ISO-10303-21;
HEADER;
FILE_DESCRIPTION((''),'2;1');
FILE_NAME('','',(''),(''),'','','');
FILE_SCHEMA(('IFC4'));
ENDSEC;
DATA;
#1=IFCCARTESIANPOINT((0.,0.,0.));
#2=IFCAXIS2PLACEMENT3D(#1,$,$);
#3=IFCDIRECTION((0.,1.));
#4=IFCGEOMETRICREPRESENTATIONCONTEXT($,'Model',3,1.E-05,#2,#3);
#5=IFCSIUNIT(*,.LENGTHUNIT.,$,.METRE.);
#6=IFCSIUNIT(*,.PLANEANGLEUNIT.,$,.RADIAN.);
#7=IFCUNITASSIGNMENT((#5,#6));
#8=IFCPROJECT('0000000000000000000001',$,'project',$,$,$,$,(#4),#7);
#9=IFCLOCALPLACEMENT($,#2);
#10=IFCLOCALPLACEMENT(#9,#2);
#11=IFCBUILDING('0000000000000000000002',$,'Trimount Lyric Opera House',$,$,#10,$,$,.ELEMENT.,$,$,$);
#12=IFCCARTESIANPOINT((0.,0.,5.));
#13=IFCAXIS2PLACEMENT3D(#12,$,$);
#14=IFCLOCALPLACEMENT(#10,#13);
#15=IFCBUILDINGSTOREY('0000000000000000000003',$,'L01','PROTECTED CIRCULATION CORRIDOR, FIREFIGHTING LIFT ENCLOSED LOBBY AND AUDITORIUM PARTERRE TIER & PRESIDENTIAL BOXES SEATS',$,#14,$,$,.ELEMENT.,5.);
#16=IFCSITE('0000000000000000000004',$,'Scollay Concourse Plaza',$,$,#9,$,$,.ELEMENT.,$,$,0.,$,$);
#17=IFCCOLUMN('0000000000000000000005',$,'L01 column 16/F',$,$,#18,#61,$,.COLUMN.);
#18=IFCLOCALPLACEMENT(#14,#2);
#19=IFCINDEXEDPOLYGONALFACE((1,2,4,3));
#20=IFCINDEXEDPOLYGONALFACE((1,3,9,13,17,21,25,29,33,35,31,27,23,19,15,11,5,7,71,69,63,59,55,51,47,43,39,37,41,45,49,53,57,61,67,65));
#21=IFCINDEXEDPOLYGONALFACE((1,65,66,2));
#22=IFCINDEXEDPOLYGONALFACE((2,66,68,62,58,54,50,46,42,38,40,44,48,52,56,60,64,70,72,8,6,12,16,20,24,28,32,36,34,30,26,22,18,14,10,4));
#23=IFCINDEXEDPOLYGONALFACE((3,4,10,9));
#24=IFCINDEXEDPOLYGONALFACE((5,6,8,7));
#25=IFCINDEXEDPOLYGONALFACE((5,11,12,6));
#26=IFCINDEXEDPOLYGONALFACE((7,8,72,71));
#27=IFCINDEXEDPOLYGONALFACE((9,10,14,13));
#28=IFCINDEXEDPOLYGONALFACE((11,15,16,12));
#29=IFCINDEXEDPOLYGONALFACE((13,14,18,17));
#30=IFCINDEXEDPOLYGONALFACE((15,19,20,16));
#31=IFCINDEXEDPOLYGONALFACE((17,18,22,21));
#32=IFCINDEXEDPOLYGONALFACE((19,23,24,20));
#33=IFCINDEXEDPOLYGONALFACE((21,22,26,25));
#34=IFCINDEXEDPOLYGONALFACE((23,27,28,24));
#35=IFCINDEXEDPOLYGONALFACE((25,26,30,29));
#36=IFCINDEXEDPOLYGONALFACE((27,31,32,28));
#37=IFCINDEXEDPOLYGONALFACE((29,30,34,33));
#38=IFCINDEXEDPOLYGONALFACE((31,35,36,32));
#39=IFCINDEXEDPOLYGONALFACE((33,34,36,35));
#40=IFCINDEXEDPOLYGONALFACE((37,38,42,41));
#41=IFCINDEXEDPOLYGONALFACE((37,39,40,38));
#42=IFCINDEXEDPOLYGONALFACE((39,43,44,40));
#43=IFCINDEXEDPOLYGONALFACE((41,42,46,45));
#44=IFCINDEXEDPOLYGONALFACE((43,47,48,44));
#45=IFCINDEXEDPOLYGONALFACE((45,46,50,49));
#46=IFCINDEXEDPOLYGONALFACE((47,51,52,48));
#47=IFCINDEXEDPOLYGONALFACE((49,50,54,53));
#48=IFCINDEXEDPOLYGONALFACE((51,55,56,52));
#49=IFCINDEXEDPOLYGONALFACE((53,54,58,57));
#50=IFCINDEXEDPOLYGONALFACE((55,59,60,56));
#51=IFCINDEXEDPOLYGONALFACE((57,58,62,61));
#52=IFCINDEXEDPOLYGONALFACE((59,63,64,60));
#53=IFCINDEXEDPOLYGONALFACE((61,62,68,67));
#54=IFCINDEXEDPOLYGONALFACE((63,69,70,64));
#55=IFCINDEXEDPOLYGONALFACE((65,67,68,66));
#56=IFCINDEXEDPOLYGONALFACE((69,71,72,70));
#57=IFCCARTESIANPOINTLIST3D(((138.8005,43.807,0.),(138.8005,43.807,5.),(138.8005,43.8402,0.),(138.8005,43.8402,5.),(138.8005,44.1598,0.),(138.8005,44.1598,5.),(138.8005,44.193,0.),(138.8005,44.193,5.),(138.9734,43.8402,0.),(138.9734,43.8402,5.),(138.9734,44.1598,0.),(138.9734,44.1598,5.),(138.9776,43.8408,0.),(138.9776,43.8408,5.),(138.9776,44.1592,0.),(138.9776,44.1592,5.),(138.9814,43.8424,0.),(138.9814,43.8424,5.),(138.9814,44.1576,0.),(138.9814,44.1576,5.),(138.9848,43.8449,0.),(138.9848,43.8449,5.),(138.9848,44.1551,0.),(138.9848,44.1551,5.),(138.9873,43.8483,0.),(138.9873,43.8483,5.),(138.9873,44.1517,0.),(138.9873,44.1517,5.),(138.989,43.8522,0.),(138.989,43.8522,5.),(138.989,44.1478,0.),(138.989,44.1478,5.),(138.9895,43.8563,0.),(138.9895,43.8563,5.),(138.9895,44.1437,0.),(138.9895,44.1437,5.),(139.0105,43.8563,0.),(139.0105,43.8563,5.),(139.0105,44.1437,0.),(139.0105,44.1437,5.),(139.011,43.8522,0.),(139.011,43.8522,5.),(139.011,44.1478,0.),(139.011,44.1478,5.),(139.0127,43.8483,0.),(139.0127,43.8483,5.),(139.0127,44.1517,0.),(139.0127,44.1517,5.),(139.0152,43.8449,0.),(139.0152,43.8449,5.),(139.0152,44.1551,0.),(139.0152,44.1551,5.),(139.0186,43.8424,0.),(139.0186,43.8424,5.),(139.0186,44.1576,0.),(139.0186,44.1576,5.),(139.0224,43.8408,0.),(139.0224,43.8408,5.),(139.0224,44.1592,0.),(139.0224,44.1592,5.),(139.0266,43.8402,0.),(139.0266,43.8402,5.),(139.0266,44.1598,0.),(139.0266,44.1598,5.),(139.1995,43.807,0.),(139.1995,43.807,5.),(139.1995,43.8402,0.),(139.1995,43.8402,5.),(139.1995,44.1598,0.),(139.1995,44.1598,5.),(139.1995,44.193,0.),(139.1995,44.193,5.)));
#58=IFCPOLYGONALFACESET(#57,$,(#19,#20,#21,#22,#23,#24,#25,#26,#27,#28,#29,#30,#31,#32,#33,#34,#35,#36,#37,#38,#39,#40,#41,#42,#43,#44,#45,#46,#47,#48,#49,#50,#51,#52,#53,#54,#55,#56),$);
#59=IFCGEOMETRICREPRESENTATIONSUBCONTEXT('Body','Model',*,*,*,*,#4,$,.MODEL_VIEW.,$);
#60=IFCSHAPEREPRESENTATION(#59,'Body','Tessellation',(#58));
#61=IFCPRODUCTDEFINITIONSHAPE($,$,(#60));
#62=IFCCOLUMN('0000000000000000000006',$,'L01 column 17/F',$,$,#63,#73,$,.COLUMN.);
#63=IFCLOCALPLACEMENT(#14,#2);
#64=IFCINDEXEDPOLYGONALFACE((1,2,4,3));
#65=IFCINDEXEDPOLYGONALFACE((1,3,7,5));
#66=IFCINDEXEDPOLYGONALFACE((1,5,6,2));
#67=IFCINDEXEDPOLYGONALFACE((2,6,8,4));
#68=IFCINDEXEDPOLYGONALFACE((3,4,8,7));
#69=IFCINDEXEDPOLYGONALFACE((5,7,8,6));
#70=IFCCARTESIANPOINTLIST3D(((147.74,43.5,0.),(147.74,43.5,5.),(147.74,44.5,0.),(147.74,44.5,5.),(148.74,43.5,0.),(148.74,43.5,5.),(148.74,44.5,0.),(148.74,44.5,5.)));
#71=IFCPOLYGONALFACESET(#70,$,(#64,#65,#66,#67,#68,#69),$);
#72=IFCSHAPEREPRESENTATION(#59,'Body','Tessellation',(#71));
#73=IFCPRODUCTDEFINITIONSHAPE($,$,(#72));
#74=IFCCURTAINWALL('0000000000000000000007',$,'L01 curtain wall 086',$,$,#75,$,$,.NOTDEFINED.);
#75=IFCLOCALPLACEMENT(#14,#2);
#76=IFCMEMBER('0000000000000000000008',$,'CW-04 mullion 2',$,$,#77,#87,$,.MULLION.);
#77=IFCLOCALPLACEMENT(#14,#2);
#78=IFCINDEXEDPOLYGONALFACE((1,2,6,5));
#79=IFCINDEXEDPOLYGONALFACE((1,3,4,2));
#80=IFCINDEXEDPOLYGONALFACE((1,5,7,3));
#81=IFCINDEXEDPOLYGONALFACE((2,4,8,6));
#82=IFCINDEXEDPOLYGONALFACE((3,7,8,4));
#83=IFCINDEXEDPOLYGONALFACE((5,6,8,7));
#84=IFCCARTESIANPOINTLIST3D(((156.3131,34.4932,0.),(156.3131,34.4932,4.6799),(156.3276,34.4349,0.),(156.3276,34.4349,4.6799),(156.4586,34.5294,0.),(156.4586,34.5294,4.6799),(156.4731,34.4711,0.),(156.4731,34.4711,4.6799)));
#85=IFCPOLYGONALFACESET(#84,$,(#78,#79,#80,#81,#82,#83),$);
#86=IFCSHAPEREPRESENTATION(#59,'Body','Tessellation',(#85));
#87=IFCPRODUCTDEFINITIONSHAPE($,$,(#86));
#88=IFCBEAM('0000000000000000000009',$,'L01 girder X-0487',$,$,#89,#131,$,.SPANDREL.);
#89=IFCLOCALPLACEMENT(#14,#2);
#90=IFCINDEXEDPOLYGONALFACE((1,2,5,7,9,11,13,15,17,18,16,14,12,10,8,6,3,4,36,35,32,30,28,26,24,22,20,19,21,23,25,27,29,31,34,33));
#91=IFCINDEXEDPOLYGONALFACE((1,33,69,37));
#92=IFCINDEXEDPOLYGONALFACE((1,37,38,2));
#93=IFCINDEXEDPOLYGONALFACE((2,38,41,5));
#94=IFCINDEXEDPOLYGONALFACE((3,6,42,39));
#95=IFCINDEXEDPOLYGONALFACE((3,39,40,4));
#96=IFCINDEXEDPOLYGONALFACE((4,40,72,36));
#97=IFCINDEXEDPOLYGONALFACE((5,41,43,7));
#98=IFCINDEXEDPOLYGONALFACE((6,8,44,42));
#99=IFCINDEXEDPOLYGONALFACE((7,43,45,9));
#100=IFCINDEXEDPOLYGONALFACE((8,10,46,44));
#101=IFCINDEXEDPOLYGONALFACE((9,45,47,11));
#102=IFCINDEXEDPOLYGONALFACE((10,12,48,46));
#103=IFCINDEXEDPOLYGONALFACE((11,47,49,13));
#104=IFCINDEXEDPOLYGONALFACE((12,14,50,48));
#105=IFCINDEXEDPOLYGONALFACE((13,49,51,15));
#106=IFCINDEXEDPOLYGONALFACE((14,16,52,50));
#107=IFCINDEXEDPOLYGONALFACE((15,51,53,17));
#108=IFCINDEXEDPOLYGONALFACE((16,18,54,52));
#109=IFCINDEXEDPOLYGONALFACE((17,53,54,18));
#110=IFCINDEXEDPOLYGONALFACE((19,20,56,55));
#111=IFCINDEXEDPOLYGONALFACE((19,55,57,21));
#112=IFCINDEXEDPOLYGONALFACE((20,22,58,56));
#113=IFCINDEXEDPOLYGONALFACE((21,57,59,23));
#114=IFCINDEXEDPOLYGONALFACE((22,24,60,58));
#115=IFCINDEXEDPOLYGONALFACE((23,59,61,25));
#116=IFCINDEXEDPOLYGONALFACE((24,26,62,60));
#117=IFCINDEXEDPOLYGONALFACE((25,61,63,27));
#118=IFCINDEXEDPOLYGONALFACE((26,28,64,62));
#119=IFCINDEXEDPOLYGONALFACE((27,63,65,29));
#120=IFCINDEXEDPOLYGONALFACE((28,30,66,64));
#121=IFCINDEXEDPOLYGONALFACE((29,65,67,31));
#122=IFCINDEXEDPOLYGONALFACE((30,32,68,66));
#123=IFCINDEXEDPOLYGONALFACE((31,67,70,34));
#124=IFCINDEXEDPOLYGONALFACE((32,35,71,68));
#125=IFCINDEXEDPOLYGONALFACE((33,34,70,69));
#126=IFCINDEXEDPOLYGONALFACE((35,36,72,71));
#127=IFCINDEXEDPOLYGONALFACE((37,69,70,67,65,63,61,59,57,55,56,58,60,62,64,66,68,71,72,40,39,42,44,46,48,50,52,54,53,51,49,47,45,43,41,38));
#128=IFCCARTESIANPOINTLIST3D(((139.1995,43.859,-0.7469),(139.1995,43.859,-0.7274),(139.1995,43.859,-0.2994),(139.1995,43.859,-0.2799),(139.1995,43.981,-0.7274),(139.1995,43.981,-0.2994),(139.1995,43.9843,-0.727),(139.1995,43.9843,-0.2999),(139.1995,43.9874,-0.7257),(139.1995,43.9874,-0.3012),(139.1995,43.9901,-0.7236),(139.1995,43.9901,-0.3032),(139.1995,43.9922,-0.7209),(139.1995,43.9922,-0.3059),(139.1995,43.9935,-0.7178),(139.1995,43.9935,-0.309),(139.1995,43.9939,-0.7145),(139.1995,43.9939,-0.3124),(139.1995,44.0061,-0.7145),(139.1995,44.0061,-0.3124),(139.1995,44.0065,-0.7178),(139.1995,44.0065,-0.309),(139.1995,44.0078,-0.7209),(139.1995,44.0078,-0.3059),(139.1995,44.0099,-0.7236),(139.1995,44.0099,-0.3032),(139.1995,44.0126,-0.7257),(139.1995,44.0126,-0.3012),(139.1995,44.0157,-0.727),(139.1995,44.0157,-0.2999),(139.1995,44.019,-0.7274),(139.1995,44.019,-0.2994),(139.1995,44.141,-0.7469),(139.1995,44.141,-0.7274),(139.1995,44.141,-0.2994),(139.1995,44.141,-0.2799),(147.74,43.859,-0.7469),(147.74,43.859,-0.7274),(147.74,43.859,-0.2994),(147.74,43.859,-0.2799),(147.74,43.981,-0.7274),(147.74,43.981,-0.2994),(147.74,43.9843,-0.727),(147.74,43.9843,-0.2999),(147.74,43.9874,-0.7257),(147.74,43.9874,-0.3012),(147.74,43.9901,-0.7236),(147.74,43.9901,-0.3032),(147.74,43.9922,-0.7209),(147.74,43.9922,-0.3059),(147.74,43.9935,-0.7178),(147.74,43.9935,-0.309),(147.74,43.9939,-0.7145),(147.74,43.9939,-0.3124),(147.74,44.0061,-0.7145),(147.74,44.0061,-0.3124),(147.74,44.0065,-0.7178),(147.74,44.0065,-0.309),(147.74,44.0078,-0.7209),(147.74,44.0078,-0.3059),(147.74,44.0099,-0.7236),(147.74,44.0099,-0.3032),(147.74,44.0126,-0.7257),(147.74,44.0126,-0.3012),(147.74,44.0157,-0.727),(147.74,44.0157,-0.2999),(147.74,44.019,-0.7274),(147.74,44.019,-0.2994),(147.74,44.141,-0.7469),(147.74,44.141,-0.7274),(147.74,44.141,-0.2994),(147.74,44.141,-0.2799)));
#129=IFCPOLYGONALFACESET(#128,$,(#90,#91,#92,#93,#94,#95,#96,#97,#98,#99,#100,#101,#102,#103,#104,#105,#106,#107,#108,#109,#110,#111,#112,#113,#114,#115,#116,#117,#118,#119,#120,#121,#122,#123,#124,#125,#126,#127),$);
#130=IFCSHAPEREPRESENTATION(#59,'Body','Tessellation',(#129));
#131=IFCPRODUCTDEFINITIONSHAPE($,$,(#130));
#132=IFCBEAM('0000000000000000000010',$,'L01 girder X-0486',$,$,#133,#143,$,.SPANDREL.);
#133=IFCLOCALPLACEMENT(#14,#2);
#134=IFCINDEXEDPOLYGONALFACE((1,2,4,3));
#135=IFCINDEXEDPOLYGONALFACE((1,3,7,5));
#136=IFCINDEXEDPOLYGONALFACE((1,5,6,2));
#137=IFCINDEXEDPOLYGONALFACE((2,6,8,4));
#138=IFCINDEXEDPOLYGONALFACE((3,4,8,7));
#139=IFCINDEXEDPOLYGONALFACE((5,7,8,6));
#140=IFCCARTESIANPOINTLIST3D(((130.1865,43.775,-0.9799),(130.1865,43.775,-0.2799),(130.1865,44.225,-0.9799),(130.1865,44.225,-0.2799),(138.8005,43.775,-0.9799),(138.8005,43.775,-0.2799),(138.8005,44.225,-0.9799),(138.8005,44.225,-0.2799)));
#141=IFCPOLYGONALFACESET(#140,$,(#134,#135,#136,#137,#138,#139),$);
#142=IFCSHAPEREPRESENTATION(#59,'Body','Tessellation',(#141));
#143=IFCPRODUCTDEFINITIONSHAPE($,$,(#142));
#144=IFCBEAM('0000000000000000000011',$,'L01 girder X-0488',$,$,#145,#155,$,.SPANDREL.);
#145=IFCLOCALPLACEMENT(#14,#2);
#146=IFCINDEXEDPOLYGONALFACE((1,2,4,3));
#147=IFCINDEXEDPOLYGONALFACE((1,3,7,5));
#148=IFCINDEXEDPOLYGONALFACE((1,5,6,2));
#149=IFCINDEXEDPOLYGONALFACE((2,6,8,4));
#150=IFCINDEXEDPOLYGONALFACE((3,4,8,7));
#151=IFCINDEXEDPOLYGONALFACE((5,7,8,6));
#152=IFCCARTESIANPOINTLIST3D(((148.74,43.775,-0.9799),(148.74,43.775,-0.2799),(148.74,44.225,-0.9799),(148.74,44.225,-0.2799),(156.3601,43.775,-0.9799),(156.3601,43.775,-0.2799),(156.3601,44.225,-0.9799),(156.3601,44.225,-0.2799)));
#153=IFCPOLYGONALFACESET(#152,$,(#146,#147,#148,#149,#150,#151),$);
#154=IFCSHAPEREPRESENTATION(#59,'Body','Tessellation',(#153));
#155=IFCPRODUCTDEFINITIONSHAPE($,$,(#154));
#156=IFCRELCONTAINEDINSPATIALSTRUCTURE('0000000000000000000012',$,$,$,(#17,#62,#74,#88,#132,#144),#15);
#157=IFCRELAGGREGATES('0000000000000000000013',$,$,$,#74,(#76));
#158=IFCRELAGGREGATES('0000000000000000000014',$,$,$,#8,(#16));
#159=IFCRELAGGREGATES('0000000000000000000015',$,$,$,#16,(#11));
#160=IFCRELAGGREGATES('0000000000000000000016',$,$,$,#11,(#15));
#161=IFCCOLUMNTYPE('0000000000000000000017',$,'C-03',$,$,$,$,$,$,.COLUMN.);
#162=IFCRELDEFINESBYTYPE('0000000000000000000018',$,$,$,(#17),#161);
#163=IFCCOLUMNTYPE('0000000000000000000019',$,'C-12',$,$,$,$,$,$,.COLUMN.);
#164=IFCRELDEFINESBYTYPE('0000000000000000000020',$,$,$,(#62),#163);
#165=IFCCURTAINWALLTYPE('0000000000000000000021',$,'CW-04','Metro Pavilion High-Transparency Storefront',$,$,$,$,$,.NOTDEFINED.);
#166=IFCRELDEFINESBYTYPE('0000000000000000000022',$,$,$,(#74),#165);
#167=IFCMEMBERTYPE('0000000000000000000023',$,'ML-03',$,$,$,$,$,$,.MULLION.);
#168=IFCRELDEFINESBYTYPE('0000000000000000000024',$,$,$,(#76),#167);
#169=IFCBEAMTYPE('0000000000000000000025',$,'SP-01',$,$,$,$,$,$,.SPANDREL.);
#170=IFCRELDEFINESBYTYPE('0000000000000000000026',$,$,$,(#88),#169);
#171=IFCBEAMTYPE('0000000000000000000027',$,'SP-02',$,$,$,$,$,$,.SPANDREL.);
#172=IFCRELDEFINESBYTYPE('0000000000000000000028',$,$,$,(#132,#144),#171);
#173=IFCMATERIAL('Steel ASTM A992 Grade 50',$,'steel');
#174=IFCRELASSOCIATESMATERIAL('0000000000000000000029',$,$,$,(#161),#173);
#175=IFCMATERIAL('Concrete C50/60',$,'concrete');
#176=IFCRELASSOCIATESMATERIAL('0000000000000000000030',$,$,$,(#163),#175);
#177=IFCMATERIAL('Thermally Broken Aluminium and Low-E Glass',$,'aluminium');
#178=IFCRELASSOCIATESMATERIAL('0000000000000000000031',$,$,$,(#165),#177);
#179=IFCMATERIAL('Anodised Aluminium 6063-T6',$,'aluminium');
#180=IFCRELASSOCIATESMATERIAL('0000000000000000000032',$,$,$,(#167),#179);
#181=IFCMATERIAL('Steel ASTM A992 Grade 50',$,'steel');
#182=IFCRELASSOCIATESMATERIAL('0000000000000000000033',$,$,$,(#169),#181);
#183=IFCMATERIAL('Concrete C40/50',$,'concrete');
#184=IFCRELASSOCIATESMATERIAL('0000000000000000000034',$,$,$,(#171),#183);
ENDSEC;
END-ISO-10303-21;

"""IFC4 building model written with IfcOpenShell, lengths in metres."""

from ifc_helpers import new_model, si_unit, direction, frame, origin, origin_2d, place, context, subcontext, project, spatial, rectangle, i_section, extrude, material, material_profile, profile_set, type_object, element, aggregate, save


model = new_model("IFC4")

# Units and contexts
model_context = context("Model", 3, precision=1e-05, world=origin(), true_north=direction((0.0, 1.0)))
body_context = subcontext(model_context, "Body", "Model", "MODEL_VIEW")
ifc_project = project(units=[si_unit("LENGTHUNIT", "METRE"), si_unit("PLANEANGLEUNIT", "RADIAN")], contexts=[model_context])

# Site, building, storey
site_placement = place(None, origin())
site = spatial("IfcSite", under=ifc_project, at=site_placement, Name="Scollay Concourse Plaza", CompositionType="ELEMENT", RefElevation=0.0)
building_placement = place(site_placement, origin())
building = spatial("IfcBuilding", under=site, at=building_placement, Name="Trimount Lyric Opera House", CompositionType="ELEMENT")
storey_placement = place(building_placement, frame((0.0, 0.0, 5.0)))
storey = spatial("IfcBuildingStorey", under=building, at=storey_placement, Name="L01", Description="PROTECTED CIRCULATION CORRIDOR, FIREFIGHTING LIFT ENCLOSED LOBBY AND AUDITORIUM PARTERRE TIER & PRESIDENTIAL BOXES SEATS", CompositionType="ELEMENT", Elevation=5.0)

# Columns
ifc_material_1 = material(Name="Steel ASTM A992 Grade 50", Category="steel")
ifc_material_profile_1 = material_profile(ifc_material_1, i_section(OverallWidth=0.3989, OverallDepth=0.386, WebThickness=0.021, FlangeThickness=0.0332, FilletRadius=0.0161, at=origin_2d()), Name="W14X176")
ifc_profile_set_1 = profile_set([ifc_material_profile_1], Name="Steel ASTM A992 Grade 50")
column_type_1 = type_object("IfcColumnType", Name="C-03", PredefinedType="COLUMN", material=ifc_profile_set_1)
column_1_placement = place(storey_placement, frame((139.0, 44.0, 0.0), z_axis=(0.0, 0.0, 1.0), x_axis=(1.0, 0.0, 0.0)))
element("IfcColumn", 1, at=column_1_placement, inside=storey, type_object=column_type_1, Name="L01 column 16/F", PredefinedType="COLUMN", context=body_context, shape_type="SweptSolid", body=[
    extrude(i_section(OverallWidth=0.3989, OverallDepth=0.386, WebThickness=0.021, FlangeThickness=0.0332, FilletRadius=0.0161, at=origin_2d()), origin(), (0.0, 0.0, 1.0), 5.0),
])
ifc_material_2 = material(Name="Concrete C50/60", Category="concrete")
ifc_material_profile_2 = material_profile(ifc_material_2, rectangle(XDim=1.0, YDim=1.0, at=origin_2d()), Name="RC1000X1000")
ifc_profile_set_2 = profile_set([ifc_material_profile_2], Name="Concrete C50/60")
column_type_2 = type_object("IfcColumnType", Name="C-12", PredefinedType="COLUMN", material=ifc_profile_set_2)
column_2_placement = place(storey_placement, frame((148.24, 44.0, 0.0), z_axis=(0.0, 0.0, 1.0), x_axis=(1.0, 0.0, 0.0)))
element("IfcColumn", 2, at=column_2_placement, inside=storey, type_object=column_type_2, Name="L01 column 17/F", PredefinedType="COLUMN", context=body_context, shape_type="SweptSolid", body=[
    extrude(rectangle(XDim=1.0, YDim=1.0, at=origin_2d()), origin(), (0.0, 0.0, 1.0), 5.0),
])

# Curtain wall, member
ifc_material_3 = material(Name="Thermally Broken Aluminium and Low-E Glass", Category="aluminium")
curtain_wall_type = type_object("IfcCurtainWallType", Name="CW-04", Description="Metro Pavilion High-Transparency Storefront", PredefinedType="NOTDEFINED", material=ifc_material_3)
curtain_wall_placement = place(storey_placement, origin())
curtain_wall = element("IfcCurtainWall", 3, at=curtain_wall_placement, inside=storey, type_object=curtain_wall_type, Name="L01 curtain wall 086", PredefinedType="NOTDEFINED")
ifc_material_4 = material(Name="Anodised Aluminium 6063-T6", Category="aluminium")
ifc_material_profile_3 = material_profile(ifc_material_4, rectangle(XDim=0.0601, YDim=0.1499, at=origin_2d()), Name="ALU-MULL-60X150")
ifc_profile_set_3 = profile_set([ifc_material_profile_3], Name="Anodised Aluminium 6063-T6")
member_type = type_object("IfcMemberType", Name="ML-03", PredefinedType="MULLION", material=ifc_profile_set_3)
member_placement = place(storey_placement, frame((156.3931, 34.4822, 0.0), z_axis=(0.0, 0.0, 1.0), x_axis=(0.241429, -0.970419, 0.0)))
member = element("IfcMember", 4, at=member_placement, type_object=member_type, Name="CW-04 mullion 2", PredefinedType="MULLION", context=body_context, shape_type="SweptSolid", body=[
    extrude(rectangle(XDim=0.0601, YDim=0.1499, at=origin_2d()), origin(), (0.0, 0.0, 1.0), 4.6799),
])
aggregate(curtain_wall, [member])

# Beams
ifc_material_5 = material(Name="Steel ASTM A992 Grade 50", Category="steel")
ifc_material_profile_4 = material_profile(ifc_material_5, i_section(OverallWidth=0.282, OverallDepth=0.467, WebThickness=0.0122, FlangeThickness=0.0195, FilletRadius=0.0129, at=origin_2d()), Name="W18X86")
ifc_profile_set_4 = profile_set([ifc_material_profile_4], Name="Steel ASTM A992 Grade 50")
beam_type_1 = type_object("IfcBeamType", Name="SP-01", PredefinedType="SPANDREL", material=ifc_profile_set_4)
beam_1_placement = place(storey_placement, frame((139.1995, 44.0, -0.5134), z_axis=(1.0, 0.0, 0.0), x_axis=(0.0, 1.0, 0.0)))
element("IfcBeam", 5, at=beam_1_placement, inside=storey, type_object=beam_type_1, Name="L01 girder X-0487", PredefinedType="SPANDREL", context=body_context, shape_type="SweptSolid", body=[
    extrude(i_section(OverallWidth=0.282, OverallDepth=0.467, WebThickness=0.0122, FlangeThickness=0.0195, FilletRadius=0.0129, at=origin_2d()), origin(), (0.0, 0.0, 1.0), 8.5405),
])
ifc_material_6 = material(Name="Concrete C40/50", Category="concrete")
ifc_material_profile_5 = material_profile(ifc_material_6, rectangle(XDim=0.45, YDim=0.7, at=origin_2d()), Name="RC450X700")
ifc_profile_set_5 = profile_set([ifc_material_profile_5], Name="Concrete C40/50")
beam_type_2 = type_object("IfcBeamType", Name="SP-02", PredefinedType="SPANDREL", material=ifc_profile_set_5)
beam_2_placement = place(storey_placement, frame((130.1865, 44.0, -0.6299), z_axis=(1.0, 0.0, 0.0), x_axis=(0.0, 1.0, 0.0)))
element("IfcBeam", 6, at=beam_2_placement, inside=storey, type_object=beam_type_2, Name="L01 girder X-0486", PredefinedType="SPANDREL", context=body_context, shape_type="SweptSolid", body=[
    extrude(rectangle(XDim=0.45, YDim=0.7, at=origin_2d()), origin(), (0.0, 0.0, 1.0), 8.614),
])
beam_3_placement = place(storey_placement, frame((148.74, 44.0, -0.6299), z_axis=(1.0, 0.0, 0.0), x_axis=(0.0, 1.0, 0.0)))
element("IfcBeam", 7, at=beam_3_placement, inside=storey, type_object=beam_type_2, Name="L01 girder X-0488", PredefinedType="SPANDREL", context=body_context, shape_type="SweptSolid", body=[
    extrude(rectangle(XDim=0.45, YDim=0.7, at=origin_2d()), origin(), (0.0, 0.0, 1.0), 7.6201),
])

save(model, "model.ifc")
